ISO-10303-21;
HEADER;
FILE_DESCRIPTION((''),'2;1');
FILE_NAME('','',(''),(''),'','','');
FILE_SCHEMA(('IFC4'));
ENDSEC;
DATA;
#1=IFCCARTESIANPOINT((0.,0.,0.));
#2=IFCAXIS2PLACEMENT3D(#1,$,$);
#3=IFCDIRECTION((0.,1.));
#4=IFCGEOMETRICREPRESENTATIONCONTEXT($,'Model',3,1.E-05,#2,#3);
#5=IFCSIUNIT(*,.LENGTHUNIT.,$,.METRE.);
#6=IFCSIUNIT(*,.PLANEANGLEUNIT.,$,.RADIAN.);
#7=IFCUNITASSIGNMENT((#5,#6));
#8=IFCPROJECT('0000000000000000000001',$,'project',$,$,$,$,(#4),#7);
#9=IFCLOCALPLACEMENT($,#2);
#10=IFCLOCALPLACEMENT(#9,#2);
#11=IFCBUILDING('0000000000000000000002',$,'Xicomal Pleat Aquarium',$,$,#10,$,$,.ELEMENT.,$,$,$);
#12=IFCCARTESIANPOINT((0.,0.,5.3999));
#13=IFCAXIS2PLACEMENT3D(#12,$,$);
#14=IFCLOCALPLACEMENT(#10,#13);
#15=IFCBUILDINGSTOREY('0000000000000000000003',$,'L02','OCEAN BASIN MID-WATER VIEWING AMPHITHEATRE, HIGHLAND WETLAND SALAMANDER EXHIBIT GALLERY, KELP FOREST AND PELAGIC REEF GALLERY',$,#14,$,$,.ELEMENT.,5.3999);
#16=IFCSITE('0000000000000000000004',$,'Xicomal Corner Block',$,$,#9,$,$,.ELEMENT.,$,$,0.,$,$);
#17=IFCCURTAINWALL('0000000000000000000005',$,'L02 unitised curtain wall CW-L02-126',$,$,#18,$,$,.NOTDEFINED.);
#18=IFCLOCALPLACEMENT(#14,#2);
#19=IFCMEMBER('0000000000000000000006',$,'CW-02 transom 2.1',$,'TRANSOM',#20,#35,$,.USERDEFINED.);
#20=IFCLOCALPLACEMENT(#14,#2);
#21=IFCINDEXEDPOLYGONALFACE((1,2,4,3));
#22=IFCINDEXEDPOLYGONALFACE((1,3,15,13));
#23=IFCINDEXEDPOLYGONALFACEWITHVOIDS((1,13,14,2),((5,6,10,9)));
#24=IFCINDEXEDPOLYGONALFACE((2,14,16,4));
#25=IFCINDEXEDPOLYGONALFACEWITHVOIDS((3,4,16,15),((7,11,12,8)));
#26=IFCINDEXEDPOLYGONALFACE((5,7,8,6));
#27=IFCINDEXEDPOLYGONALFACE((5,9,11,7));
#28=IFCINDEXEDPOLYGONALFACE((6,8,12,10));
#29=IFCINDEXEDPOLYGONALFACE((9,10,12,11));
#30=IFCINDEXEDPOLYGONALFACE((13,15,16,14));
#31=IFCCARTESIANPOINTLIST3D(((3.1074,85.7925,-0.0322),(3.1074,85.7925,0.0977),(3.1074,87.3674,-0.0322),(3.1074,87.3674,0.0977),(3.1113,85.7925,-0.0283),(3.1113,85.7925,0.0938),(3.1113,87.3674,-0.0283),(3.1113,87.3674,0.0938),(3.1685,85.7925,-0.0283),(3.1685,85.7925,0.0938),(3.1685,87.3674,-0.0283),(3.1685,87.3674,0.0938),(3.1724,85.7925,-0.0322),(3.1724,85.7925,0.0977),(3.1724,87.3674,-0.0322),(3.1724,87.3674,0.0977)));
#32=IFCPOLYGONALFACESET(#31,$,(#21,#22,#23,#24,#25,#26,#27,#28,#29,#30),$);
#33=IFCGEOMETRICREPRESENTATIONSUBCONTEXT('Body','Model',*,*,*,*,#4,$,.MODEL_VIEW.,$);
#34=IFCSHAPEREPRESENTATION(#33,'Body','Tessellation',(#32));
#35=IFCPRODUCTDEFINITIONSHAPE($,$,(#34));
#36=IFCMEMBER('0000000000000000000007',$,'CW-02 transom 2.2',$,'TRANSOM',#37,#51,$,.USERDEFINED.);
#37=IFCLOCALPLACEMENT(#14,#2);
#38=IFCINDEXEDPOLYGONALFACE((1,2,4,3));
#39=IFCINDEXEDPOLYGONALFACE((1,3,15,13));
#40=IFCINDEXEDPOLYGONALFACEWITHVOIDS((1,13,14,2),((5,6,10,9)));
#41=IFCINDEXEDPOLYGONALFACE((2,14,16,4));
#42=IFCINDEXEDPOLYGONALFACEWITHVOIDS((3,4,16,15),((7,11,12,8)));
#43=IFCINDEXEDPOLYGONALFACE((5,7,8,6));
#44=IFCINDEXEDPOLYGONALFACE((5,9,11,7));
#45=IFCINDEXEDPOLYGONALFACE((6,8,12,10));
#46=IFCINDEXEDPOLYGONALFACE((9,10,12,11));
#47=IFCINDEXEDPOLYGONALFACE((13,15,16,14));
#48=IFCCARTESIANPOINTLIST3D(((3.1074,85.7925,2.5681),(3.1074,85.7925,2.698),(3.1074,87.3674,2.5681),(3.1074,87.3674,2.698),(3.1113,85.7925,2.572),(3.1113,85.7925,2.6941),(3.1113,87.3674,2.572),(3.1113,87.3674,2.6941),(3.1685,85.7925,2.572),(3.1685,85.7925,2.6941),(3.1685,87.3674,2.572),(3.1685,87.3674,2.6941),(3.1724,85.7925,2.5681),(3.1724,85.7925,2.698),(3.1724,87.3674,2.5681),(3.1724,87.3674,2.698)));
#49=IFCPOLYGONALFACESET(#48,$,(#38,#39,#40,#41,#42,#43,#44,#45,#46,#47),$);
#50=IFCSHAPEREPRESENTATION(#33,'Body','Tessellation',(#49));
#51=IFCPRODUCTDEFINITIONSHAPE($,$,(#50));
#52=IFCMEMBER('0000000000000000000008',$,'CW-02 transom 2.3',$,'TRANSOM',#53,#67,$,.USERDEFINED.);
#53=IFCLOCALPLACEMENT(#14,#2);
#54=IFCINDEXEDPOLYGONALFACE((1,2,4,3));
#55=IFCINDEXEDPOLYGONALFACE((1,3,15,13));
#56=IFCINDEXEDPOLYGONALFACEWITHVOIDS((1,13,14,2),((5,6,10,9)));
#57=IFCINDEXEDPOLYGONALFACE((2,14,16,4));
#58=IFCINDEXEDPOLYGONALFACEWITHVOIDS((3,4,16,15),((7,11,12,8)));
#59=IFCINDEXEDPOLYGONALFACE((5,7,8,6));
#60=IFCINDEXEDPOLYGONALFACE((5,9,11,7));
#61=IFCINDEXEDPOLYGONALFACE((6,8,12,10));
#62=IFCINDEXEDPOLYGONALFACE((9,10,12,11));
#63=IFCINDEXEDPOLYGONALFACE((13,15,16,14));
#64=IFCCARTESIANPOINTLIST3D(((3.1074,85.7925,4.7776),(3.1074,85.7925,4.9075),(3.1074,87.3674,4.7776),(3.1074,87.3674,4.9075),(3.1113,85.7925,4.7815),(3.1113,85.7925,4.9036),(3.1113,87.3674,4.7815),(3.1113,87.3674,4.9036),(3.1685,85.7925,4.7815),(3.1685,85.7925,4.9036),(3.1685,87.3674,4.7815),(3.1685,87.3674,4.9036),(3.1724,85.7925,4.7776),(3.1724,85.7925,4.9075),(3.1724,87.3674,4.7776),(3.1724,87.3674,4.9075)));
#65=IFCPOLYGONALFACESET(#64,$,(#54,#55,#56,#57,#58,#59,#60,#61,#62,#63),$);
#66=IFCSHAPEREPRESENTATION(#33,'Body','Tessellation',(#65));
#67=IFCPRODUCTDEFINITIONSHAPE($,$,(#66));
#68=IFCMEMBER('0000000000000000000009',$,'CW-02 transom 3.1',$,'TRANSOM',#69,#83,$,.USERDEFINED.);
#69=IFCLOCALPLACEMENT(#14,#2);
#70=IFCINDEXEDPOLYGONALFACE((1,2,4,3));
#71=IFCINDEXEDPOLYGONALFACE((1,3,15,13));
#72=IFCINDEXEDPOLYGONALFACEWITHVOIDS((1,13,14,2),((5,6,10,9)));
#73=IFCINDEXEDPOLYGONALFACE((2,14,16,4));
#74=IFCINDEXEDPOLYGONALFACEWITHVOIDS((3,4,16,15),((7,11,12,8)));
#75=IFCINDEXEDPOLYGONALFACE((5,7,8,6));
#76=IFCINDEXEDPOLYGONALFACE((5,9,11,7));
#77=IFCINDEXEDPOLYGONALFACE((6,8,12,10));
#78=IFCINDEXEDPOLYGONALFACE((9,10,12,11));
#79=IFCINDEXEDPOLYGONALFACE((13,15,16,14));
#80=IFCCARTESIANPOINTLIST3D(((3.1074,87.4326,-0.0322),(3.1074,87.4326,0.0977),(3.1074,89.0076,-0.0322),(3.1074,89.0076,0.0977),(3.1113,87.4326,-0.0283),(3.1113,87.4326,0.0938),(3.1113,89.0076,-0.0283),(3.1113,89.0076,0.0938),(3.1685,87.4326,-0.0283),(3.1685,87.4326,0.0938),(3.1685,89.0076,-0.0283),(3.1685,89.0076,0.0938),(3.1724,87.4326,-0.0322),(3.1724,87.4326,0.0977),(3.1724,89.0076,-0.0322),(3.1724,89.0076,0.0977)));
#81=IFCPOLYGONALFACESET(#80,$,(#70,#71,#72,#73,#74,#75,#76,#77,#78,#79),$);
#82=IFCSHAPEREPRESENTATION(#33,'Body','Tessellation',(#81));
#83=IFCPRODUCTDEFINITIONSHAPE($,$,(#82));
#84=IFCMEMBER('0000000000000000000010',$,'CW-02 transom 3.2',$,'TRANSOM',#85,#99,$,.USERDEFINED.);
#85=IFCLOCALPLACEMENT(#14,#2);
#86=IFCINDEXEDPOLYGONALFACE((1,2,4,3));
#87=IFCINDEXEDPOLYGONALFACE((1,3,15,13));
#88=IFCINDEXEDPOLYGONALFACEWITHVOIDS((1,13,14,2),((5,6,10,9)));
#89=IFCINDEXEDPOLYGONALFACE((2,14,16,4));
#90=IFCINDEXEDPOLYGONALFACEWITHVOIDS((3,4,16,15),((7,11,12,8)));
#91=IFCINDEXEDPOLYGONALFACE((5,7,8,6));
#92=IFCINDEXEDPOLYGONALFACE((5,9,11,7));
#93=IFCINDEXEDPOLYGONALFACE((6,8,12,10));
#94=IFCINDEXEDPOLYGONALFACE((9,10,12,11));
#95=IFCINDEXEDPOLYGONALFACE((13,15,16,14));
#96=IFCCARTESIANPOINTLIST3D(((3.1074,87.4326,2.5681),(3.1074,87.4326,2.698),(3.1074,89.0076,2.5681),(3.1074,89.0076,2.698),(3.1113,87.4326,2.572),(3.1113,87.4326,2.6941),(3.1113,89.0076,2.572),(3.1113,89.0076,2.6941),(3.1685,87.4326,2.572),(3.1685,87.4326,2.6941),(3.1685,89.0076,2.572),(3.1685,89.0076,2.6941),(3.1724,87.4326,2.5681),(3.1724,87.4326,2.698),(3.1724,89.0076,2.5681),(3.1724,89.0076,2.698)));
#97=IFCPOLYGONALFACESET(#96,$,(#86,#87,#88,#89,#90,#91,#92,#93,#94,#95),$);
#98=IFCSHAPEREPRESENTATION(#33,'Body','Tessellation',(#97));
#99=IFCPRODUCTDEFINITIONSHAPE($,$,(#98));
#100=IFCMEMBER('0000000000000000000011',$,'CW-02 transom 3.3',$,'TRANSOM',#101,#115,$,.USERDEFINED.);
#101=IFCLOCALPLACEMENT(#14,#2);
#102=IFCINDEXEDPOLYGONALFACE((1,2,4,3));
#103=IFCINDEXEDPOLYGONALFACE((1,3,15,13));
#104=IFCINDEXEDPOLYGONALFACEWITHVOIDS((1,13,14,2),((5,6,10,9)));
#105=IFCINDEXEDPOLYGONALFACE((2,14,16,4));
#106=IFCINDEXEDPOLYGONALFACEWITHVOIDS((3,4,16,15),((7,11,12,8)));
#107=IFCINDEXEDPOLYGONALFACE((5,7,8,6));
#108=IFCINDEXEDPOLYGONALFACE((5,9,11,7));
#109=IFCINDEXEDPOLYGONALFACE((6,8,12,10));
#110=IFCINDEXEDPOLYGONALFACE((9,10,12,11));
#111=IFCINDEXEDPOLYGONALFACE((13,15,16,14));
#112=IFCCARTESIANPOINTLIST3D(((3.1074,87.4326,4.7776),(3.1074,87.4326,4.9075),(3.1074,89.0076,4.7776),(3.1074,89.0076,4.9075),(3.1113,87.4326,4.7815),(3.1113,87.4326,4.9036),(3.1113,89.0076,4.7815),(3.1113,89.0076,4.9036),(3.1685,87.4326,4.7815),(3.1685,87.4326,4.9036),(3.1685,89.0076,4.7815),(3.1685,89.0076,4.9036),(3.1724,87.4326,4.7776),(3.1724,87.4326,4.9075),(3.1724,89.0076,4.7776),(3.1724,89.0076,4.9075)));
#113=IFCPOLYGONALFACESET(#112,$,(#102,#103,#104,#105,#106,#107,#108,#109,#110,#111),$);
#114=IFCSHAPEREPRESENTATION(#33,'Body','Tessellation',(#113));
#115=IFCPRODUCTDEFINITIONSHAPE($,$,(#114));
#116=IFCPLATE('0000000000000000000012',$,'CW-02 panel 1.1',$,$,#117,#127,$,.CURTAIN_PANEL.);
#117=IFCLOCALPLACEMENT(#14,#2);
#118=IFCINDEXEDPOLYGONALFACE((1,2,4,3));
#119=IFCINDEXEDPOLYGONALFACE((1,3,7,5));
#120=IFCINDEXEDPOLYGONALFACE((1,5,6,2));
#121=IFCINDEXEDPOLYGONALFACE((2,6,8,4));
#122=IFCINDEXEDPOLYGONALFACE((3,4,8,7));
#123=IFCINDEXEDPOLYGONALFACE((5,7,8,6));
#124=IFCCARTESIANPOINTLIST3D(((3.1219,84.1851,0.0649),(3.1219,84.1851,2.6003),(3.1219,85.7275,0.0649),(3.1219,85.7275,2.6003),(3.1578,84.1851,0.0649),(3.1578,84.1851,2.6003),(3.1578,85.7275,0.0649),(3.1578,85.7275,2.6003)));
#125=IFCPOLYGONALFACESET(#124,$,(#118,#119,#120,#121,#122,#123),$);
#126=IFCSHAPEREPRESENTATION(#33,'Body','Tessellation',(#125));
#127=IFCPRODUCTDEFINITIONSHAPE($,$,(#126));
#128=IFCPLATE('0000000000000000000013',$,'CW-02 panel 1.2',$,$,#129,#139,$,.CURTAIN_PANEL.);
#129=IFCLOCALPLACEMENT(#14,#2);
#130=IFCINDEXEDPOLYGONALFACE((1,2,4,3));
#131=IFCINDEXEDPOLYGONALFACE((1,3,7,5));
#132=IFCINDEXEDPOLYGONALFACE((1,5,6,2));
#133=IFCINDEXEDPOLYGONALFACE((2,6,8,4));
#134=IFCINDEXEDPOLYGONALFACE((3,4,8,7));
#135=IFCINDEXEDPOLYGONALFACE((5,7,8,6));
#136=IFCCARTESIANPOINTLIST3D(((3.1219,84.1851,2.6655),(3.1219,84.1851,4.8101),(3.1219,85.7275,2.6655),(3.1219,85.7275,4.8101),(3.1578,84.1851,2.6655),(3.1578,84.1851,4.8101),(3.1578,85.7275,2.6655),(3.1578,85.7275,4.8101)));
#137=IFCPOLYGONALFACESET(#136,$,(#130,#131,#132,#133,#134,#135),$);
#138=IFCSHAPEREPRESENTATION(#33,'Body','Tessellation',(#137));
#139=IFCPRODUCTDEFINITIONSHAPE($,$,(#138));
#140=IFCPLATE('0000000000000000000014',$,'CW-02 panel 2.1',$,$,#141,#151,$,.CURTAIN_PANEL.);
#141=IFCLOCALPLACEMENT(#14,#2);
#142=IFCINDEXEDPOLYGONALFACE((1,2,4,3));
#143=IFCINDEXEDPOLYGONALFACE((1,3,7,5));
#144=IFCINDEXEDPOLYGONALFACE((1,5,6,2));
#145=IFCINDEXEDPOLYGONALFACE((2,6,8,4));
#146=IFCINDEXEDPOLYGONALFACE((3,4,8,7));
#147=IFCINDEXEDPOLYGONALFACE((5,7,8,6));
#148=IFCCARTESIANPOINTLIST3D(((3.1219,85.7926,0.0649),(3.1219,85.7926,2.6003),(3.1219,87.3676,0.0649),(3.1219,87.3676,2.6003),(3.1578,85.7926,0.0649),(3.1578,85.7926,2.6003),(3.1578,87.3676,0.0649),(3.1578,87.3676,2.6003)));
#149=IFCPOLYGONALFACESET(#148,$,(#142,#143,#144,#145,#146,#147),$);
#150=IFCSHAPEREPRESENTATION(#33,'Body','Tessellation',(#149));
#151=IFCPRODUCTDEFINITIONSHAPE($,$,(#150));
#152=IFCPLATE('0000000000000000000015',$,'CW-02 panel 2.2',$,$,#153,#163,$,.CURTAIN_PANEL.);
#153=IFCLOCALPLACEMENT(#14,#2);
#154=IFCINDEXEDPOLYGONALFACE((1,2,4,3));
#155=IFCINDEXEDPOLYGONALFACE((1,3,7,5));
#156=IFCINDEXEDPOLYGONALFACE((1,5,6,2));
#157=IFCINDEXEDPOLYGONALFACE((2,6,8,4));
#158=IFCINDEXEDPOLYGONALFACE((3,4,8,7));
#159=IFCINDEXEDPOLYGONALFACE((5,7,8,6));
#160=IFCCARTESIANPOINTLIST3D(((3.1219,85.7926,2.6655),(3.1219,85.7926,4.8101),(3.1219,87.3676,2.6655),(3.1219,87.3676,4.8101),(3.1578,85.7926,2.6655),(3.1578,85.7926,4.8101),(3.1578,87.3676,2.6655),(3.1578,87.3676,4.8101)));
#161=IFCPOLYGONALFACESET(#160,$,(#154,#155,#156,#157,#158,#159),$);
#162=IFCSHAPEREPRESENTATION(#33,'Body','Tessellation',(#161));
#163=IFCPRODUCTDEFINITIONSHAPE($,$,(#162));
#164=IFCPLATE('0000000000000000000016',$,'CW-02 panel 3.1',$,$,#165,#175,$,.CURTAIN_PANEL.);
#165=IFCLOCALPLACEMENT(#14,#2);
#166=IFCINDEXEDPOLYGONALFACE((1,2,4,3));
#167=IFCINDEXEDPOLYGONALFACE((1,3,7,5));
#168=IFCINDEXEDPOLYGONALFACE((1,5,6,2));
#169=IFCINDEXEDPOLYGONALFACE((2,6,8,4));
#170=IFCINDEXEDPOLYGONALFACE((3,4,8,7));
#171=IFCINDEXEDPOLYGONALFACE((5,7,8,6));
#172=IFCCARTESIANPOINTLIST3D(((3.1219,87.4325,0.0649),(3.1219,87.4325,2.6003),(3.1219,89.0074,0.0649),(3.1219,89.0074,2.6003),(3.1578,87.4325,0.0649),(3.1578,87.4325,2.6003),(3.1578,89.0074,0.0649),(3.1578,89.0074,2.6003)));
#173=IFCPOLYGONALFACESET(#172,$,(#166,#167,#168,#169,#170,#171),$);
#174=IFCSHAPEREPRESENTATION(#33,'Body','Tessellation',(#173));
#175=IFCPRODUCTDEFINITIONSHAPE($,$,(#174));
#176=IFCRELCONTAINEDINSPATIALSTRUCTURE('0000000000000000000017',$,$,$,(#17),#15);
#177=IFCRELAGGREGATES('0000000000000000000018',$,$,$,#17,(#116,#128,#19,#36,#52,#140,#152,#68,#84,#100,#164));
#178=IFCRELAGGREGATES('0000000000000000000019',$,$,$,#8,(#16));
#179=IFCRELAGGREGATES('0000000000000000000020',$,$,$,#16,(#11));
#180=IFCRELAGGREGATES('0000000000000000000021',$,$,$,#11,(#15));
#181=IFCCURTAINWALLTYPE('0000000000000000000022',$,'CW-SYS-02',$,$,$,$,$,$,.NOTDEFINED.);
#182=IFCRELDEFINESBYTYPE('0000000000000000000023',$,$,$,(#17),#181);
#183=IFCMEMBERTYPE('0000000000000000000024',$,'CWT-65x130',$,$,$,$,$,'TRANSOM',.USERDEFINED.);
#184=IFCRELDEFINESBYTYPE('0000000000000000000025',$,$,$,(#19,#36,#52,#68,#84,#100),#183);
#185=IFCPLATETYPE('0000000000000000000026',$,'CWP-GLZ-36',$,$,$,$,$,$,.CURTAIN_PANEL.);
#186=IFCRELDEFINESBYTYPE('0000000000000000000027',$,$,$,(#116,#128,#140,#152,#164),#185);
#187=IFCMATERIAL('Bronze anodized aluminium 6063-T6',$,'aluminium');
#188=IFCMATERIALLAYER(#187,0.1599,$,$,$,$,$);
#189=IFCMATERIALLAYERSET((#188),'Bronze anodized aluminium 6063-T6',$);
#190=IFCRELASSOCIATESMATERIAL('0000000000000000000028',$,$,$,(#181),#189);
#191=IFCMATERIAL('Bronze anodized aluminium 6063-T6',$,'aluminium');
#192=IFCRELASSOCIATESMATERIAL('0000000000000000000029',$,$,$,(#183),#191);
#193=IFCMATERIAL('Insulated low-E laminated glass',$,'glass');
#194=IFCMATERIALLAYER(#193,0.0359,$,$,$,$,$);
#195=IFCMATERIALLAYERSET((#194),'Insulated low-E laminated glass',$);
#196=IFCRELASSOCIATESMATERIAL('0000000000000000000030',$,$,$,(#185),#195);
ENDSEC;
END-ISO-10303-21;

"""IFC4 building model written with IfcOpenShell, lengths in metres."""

from ifc_helpers import new_model, si_unit, direction, frame, origin, origin_2d, place, context, subcontext, project, spatial, rectangle, hollow_rectangle, extrude, material, layer, layer_set, material_profile, profile_set, type_object, element, aggregate, save


model = new_model("IFC4")

# Units and contexts
model_context = context("Model", 3, precision=1e-05, world=origin(), true_north=direction((0.0, 1.0)))
body_context = subcontext(model_context, "Body", "Model", "MODEL_VIEW")
ifc_project = project(units=[si_unit("LENGTHUNIT", "METRE"), si_unit("PLANEANGLEUNIT", "RADIAN")], contexts=[model_context])

# Site, building, storey
site_placement = place(None, origin())
site = spatial("IfcSite", under=ifc_project, at=site_placement, Name="Xicomal Corner Block", CompositionType="ELEMENT", RefElevation=0.0)
building_placement = place(site_placement, origin())
building = spatial("IfcBuilding", under=site, at=building_placement, Name="Xicomal Pleat Aquarium", CompositionType="ELEMENT")
storey_placement = place(building_placement, frame((0.0, 0.0, 5.3999)))
storey = spatial("IfcBuildingStorey", under=building, at=storey_placement, Name="L02", Description="OCEAN BASIN MID-WATER VIEWING AMPHITHEATRE, HIGHLAND WETLAND SALAMANDER EXHIBIT GALLERY, KELP FOREST AND PELAGIC REEF GALLERY", CompositionType="ELEMENT", Elevation=5.3999)

# Curtain wall, members, plates
ifc_material_1 = material(Name="Bronze anodized aluminium 6063-T6", Category="aluminium")
ifc_layer_1 = layer(ifc_material_1, 0.1599)
ifc_layer_set_1 = layer_set([ifc_layer_1], Name="Bronze anodized aluminium 6063-T6")
curtain_wall_type = type_object("IfcCurtainWallType", Name="CW-SYS-02", PredefinedType="NOTDEFINED", material=ifc_layer_set_1)
curtain_wall_placement = place(storey_placement, origin())
curtain_wall = element("IfcCurtainWall", 1, at=curtain_wall_placement, inside=storey, type_object=curtain_wall_type, Name="L02 unitised curtain wall CW-L02-126", PredefinedType="NOTDEFINED")
ifc_material_2 = material(Name="Bronze anodized aluminium 6063-T6", Category="aluminium")
ifc_material_profile_1 = material_profile(ifc_material_2, hollow_rectangle(XDim=0.0649, YDim=0.1299, WallThickness=0.0039, at=origin_2d()), Name="ALU TRAN 65x130")
ifc_profile_set_1 = profile_set([ifc_material_profile_1], Name="Bronze anodized aluminium 6063-T6")
member_type_1 = type_object("IfcMemberType", Name="CWT-65x130", ElementType="TRANSOM", PredefinedType="USERDEFINED", material=ifc_profile_set_1)
member_1_placement = place(storey_placement, frame((3.1399, 85.7925, 0.0327), z_axis=(0.0, 1.0, 0.0), x_axis=(-1.0, 0.0, 0.0)))
member_1 = element("IfcMember", 2, at=member_1_placement, type_object=member_type_1, Name="CW-02 transom 2.1", ObjectType="TRANSOM", PredefinedType="USERDEFINED", context=body_context, shape_type="SweptSolid", body=[
    extrude(hollow_rectangle(XDim=0.0649, YDim=0.1299, WallThickness=0.0039, at=origin_2d()), origin(), (0.0, 0.0, 1.0), 1.575),
])
member_2_placement = place(storey_placement, frame((3.1399, 85.7925, 2.6331), z_axis=(0.0, 1.0, 0.0), x_axis=(-1.0, 0.0, 0.0)))
member_2 = element("IfcMember", 3, at=member_2_placement, type_object=member_type_1, Name="CW-02 transom 2.2", ObjectType="TRANSOM", PredefinedType="USERDEFINED", context=body_context, shape_type="SweptSolid", body=[
    extrude(hollow_rectangle(XDim=0.0649, YDim=0.1299, WallThickness=0.0039, at=origin_2d()), origin(), (0.0, 0.0, 1.0), 1.575),
])
member_3_placement = place(storey_placement, frame((3.1399, 85.7925, 4.8425), z_axis=(0.0, 1.0, 0.0), x_axis=(-1.0, 0.0, 0.0)))
member_3 = element("IfcMember", 4, at=member_3_placement, type_object=member_type_1, Name="CW-02 transom 2.3", ObjectType="TRANSOM", PredefinedType="USERDEFINED", context=body_context, shape_type="SweptSolid", body=[
    extrude(hollow_rectangle(XDim=0.0649, YDim=0.1299, WallThickness=0.0039, at=origin_2d()), origin(), (0.0, 0.0, 1.0), 1.575),
])
member_4_placement = place(storey_placement, frame((3.1399, 87.4326, 0.0327), z_axis=(0.0, 1.0, 0.0), x_axis=(-1.0, 0.0, 0.0)))
member_4 = element("IfcMember", 5, at=member_4_placement, type_object=member_type_1, Name="CW-02 transom 3.1", ObjectType="TRANSOM", PredefinedType="USERDEFINED", context=body_context, shape_type="SweptSolid", body=[
    extrude(hollow_rectangle(XDim=0.0649, YDim=0.1299, WallThickness=0.0039, at=origin_2d()), origin(), (0.0, 0.0, 1.0), 1.575),
])
member_5_placement = place(storey_placement, frame((3.1399, 87.4326, 2.6331), z_axis=(0.0, 1.0, 0.0), x_axis=(-1.0, 0.0, 0.0)))
member_5 = element("IfcMember", 6, at=member_5_placement, type_object=member_type_1, Name="CW-02 transom 3.2", ObjectType="TRANSOM", PredefinedType="USERDEFINED", context=body_context, shape_type="SweptSolid", body=[
    extrude(hollow_rectangle(XDim=0.0649, YDim=0.1299, WallThickness=0.0039, at=origin_2d()), origin(), (0.0, 0.0, 1.0), 1.575),
])
member_6_placement = place(storey_placement, frame((3.1399, 87.4326, 4.8425), z_axis=(0.0, 1.0, 0.0), x_axis=(-1.0, 0.0, 0.0)))
member_6 = element("IfcMember", 7, at=member_6_placement, type_object=member_type_1, Name="CW-02 transom 3.3", ObjectType="TRANSOM", PredefinedType="USERDEFINED", context=body_context, shape_type="SweptSolid", body=[
    extrude(hollow_rectangle(XDim=0.0649, YDim=0.1299, WallThickness=0.0039, at=origin_2d()), origin(), (0.0, 0.0, 1.0), 1.575),
])
ifc_material_3 = material(Name="Insulated low-E laminated glass", Category="glass")
ifc_layer_2 = layer(ifc_material_3, 0.0359)
ifc_layer_set_2 = layer_set([ifc_layer_2], Name="Insulated low-E laminated glass")
plate_type = type_object("IfcPlateType", Name="CWP-GLZ-36", PredefinedType="CURTAIN_PANEL", material=ifc_layer_set_2)
plate_1_placement = place(storey_placement, frame((3.1399, 84.9563, 0.0649), z_axis=(0.0, 0.0, 1.0), x_axis=(0.0, 1.0, 0.0)))
plate_1 = element("IfcPlate", 8, at=plate_1_placement, type_object=plate_type, Name="CW-02 panel 1.1", PredefinedType="CURTAIN_PANEL", context=body_context, shape_type="SweptSolid", body=[
    extrude(rectangle(XDim=1.5425, YDim=0.0359, at=origin_2d()), origin(), (0.0, 0.0, 1.0), 2.5354),
])
plate_2_placement = place(storey_placement, frame((3.1399, 84.9563, 2.6655), z_axis=(0.0, 0.0, 1.0), x_axis=(0.0, 1.0, 0.0)))
plate_2 = element("IfcPlate", 9, at=plate_2_placement, type_object=plate_type, Name="CW-02 panel 1.2", PredefinedType="CURTAIN_PANEL", context=body_context, shape_type="SweptSolid", body=[
    extrude(rectangle(XDim=1.5425, YDim=0.0359, at=origin_2d()), origin(), (0.0, 0.0, 1.0), 2.1445),
])
plate_3_placement = place(storey_placement, frame((3.1399, 86.5801, 0.0649), z_axis=(0.0, 0.0, 1.0), x_axis=(0.0, 1.0, 0.0)))
plate_3 = element("IfcPlate", 10, at=plate_3_placement, type_object=plate_type, Name="CW-02 panel 2.1", PredefinedType="CURTAIN_PANEL", context=body_context, shape_type="SweptSolid", body=[
    extrude(rectangle(XDim=1.575, YDim=0.0359, at=origin_2d()), origin(), (0.0, 0.0, 1.0), 2.5354),
])
plate_4_placement = place(storey_placement, frame((3.1399, 86.5801, 2.6655), z_axis=(0.0, 0.0, 1.0), x_axis=(0.0, 1.0, 0.0)))
plate_4 = element("IfcPlate", 11, at=plate_4_placement, type_object=plate_type, Name="CW-02 panel 2.2", PredefinedType="CURTAIN_PANEL", context=body_context, shape_type="SweptSolid", body=[
    extrude(rectangle(XDim=1.575, YDim=0.0359, at=origin_2d()), origin(), (0.0, 0.0, 1.0), 2.1445),
])
plate_5_placement = place(storey_placement, frame((3.1399, 88.22, 0.0649), z_axis=(0.0, 0.0, 1.0), x_axis=(0.0, 1.0, 0.0)))
plate_5 = element("IfcPlate", 12, at=plate_5_placement, type_object=plate_type, Name="CW-02 panel 3.1", PredefinedType="CURTAIN_PANEL", context=body_context, shape_type="SweptSolid", body=[
    extrude(rectangle(XDim=1.575, YDim=0.0359, at=origin_2d()), origin(), (0.0, 0.0, 1.0), 2.5354),
])
aggregate(curtain_wall, [plate_1, plate_2, member_1, member_2, member_3, plate_3, plate_4, member_4, member_5, member_6, plate_5])

save(model, "model.ifc")
